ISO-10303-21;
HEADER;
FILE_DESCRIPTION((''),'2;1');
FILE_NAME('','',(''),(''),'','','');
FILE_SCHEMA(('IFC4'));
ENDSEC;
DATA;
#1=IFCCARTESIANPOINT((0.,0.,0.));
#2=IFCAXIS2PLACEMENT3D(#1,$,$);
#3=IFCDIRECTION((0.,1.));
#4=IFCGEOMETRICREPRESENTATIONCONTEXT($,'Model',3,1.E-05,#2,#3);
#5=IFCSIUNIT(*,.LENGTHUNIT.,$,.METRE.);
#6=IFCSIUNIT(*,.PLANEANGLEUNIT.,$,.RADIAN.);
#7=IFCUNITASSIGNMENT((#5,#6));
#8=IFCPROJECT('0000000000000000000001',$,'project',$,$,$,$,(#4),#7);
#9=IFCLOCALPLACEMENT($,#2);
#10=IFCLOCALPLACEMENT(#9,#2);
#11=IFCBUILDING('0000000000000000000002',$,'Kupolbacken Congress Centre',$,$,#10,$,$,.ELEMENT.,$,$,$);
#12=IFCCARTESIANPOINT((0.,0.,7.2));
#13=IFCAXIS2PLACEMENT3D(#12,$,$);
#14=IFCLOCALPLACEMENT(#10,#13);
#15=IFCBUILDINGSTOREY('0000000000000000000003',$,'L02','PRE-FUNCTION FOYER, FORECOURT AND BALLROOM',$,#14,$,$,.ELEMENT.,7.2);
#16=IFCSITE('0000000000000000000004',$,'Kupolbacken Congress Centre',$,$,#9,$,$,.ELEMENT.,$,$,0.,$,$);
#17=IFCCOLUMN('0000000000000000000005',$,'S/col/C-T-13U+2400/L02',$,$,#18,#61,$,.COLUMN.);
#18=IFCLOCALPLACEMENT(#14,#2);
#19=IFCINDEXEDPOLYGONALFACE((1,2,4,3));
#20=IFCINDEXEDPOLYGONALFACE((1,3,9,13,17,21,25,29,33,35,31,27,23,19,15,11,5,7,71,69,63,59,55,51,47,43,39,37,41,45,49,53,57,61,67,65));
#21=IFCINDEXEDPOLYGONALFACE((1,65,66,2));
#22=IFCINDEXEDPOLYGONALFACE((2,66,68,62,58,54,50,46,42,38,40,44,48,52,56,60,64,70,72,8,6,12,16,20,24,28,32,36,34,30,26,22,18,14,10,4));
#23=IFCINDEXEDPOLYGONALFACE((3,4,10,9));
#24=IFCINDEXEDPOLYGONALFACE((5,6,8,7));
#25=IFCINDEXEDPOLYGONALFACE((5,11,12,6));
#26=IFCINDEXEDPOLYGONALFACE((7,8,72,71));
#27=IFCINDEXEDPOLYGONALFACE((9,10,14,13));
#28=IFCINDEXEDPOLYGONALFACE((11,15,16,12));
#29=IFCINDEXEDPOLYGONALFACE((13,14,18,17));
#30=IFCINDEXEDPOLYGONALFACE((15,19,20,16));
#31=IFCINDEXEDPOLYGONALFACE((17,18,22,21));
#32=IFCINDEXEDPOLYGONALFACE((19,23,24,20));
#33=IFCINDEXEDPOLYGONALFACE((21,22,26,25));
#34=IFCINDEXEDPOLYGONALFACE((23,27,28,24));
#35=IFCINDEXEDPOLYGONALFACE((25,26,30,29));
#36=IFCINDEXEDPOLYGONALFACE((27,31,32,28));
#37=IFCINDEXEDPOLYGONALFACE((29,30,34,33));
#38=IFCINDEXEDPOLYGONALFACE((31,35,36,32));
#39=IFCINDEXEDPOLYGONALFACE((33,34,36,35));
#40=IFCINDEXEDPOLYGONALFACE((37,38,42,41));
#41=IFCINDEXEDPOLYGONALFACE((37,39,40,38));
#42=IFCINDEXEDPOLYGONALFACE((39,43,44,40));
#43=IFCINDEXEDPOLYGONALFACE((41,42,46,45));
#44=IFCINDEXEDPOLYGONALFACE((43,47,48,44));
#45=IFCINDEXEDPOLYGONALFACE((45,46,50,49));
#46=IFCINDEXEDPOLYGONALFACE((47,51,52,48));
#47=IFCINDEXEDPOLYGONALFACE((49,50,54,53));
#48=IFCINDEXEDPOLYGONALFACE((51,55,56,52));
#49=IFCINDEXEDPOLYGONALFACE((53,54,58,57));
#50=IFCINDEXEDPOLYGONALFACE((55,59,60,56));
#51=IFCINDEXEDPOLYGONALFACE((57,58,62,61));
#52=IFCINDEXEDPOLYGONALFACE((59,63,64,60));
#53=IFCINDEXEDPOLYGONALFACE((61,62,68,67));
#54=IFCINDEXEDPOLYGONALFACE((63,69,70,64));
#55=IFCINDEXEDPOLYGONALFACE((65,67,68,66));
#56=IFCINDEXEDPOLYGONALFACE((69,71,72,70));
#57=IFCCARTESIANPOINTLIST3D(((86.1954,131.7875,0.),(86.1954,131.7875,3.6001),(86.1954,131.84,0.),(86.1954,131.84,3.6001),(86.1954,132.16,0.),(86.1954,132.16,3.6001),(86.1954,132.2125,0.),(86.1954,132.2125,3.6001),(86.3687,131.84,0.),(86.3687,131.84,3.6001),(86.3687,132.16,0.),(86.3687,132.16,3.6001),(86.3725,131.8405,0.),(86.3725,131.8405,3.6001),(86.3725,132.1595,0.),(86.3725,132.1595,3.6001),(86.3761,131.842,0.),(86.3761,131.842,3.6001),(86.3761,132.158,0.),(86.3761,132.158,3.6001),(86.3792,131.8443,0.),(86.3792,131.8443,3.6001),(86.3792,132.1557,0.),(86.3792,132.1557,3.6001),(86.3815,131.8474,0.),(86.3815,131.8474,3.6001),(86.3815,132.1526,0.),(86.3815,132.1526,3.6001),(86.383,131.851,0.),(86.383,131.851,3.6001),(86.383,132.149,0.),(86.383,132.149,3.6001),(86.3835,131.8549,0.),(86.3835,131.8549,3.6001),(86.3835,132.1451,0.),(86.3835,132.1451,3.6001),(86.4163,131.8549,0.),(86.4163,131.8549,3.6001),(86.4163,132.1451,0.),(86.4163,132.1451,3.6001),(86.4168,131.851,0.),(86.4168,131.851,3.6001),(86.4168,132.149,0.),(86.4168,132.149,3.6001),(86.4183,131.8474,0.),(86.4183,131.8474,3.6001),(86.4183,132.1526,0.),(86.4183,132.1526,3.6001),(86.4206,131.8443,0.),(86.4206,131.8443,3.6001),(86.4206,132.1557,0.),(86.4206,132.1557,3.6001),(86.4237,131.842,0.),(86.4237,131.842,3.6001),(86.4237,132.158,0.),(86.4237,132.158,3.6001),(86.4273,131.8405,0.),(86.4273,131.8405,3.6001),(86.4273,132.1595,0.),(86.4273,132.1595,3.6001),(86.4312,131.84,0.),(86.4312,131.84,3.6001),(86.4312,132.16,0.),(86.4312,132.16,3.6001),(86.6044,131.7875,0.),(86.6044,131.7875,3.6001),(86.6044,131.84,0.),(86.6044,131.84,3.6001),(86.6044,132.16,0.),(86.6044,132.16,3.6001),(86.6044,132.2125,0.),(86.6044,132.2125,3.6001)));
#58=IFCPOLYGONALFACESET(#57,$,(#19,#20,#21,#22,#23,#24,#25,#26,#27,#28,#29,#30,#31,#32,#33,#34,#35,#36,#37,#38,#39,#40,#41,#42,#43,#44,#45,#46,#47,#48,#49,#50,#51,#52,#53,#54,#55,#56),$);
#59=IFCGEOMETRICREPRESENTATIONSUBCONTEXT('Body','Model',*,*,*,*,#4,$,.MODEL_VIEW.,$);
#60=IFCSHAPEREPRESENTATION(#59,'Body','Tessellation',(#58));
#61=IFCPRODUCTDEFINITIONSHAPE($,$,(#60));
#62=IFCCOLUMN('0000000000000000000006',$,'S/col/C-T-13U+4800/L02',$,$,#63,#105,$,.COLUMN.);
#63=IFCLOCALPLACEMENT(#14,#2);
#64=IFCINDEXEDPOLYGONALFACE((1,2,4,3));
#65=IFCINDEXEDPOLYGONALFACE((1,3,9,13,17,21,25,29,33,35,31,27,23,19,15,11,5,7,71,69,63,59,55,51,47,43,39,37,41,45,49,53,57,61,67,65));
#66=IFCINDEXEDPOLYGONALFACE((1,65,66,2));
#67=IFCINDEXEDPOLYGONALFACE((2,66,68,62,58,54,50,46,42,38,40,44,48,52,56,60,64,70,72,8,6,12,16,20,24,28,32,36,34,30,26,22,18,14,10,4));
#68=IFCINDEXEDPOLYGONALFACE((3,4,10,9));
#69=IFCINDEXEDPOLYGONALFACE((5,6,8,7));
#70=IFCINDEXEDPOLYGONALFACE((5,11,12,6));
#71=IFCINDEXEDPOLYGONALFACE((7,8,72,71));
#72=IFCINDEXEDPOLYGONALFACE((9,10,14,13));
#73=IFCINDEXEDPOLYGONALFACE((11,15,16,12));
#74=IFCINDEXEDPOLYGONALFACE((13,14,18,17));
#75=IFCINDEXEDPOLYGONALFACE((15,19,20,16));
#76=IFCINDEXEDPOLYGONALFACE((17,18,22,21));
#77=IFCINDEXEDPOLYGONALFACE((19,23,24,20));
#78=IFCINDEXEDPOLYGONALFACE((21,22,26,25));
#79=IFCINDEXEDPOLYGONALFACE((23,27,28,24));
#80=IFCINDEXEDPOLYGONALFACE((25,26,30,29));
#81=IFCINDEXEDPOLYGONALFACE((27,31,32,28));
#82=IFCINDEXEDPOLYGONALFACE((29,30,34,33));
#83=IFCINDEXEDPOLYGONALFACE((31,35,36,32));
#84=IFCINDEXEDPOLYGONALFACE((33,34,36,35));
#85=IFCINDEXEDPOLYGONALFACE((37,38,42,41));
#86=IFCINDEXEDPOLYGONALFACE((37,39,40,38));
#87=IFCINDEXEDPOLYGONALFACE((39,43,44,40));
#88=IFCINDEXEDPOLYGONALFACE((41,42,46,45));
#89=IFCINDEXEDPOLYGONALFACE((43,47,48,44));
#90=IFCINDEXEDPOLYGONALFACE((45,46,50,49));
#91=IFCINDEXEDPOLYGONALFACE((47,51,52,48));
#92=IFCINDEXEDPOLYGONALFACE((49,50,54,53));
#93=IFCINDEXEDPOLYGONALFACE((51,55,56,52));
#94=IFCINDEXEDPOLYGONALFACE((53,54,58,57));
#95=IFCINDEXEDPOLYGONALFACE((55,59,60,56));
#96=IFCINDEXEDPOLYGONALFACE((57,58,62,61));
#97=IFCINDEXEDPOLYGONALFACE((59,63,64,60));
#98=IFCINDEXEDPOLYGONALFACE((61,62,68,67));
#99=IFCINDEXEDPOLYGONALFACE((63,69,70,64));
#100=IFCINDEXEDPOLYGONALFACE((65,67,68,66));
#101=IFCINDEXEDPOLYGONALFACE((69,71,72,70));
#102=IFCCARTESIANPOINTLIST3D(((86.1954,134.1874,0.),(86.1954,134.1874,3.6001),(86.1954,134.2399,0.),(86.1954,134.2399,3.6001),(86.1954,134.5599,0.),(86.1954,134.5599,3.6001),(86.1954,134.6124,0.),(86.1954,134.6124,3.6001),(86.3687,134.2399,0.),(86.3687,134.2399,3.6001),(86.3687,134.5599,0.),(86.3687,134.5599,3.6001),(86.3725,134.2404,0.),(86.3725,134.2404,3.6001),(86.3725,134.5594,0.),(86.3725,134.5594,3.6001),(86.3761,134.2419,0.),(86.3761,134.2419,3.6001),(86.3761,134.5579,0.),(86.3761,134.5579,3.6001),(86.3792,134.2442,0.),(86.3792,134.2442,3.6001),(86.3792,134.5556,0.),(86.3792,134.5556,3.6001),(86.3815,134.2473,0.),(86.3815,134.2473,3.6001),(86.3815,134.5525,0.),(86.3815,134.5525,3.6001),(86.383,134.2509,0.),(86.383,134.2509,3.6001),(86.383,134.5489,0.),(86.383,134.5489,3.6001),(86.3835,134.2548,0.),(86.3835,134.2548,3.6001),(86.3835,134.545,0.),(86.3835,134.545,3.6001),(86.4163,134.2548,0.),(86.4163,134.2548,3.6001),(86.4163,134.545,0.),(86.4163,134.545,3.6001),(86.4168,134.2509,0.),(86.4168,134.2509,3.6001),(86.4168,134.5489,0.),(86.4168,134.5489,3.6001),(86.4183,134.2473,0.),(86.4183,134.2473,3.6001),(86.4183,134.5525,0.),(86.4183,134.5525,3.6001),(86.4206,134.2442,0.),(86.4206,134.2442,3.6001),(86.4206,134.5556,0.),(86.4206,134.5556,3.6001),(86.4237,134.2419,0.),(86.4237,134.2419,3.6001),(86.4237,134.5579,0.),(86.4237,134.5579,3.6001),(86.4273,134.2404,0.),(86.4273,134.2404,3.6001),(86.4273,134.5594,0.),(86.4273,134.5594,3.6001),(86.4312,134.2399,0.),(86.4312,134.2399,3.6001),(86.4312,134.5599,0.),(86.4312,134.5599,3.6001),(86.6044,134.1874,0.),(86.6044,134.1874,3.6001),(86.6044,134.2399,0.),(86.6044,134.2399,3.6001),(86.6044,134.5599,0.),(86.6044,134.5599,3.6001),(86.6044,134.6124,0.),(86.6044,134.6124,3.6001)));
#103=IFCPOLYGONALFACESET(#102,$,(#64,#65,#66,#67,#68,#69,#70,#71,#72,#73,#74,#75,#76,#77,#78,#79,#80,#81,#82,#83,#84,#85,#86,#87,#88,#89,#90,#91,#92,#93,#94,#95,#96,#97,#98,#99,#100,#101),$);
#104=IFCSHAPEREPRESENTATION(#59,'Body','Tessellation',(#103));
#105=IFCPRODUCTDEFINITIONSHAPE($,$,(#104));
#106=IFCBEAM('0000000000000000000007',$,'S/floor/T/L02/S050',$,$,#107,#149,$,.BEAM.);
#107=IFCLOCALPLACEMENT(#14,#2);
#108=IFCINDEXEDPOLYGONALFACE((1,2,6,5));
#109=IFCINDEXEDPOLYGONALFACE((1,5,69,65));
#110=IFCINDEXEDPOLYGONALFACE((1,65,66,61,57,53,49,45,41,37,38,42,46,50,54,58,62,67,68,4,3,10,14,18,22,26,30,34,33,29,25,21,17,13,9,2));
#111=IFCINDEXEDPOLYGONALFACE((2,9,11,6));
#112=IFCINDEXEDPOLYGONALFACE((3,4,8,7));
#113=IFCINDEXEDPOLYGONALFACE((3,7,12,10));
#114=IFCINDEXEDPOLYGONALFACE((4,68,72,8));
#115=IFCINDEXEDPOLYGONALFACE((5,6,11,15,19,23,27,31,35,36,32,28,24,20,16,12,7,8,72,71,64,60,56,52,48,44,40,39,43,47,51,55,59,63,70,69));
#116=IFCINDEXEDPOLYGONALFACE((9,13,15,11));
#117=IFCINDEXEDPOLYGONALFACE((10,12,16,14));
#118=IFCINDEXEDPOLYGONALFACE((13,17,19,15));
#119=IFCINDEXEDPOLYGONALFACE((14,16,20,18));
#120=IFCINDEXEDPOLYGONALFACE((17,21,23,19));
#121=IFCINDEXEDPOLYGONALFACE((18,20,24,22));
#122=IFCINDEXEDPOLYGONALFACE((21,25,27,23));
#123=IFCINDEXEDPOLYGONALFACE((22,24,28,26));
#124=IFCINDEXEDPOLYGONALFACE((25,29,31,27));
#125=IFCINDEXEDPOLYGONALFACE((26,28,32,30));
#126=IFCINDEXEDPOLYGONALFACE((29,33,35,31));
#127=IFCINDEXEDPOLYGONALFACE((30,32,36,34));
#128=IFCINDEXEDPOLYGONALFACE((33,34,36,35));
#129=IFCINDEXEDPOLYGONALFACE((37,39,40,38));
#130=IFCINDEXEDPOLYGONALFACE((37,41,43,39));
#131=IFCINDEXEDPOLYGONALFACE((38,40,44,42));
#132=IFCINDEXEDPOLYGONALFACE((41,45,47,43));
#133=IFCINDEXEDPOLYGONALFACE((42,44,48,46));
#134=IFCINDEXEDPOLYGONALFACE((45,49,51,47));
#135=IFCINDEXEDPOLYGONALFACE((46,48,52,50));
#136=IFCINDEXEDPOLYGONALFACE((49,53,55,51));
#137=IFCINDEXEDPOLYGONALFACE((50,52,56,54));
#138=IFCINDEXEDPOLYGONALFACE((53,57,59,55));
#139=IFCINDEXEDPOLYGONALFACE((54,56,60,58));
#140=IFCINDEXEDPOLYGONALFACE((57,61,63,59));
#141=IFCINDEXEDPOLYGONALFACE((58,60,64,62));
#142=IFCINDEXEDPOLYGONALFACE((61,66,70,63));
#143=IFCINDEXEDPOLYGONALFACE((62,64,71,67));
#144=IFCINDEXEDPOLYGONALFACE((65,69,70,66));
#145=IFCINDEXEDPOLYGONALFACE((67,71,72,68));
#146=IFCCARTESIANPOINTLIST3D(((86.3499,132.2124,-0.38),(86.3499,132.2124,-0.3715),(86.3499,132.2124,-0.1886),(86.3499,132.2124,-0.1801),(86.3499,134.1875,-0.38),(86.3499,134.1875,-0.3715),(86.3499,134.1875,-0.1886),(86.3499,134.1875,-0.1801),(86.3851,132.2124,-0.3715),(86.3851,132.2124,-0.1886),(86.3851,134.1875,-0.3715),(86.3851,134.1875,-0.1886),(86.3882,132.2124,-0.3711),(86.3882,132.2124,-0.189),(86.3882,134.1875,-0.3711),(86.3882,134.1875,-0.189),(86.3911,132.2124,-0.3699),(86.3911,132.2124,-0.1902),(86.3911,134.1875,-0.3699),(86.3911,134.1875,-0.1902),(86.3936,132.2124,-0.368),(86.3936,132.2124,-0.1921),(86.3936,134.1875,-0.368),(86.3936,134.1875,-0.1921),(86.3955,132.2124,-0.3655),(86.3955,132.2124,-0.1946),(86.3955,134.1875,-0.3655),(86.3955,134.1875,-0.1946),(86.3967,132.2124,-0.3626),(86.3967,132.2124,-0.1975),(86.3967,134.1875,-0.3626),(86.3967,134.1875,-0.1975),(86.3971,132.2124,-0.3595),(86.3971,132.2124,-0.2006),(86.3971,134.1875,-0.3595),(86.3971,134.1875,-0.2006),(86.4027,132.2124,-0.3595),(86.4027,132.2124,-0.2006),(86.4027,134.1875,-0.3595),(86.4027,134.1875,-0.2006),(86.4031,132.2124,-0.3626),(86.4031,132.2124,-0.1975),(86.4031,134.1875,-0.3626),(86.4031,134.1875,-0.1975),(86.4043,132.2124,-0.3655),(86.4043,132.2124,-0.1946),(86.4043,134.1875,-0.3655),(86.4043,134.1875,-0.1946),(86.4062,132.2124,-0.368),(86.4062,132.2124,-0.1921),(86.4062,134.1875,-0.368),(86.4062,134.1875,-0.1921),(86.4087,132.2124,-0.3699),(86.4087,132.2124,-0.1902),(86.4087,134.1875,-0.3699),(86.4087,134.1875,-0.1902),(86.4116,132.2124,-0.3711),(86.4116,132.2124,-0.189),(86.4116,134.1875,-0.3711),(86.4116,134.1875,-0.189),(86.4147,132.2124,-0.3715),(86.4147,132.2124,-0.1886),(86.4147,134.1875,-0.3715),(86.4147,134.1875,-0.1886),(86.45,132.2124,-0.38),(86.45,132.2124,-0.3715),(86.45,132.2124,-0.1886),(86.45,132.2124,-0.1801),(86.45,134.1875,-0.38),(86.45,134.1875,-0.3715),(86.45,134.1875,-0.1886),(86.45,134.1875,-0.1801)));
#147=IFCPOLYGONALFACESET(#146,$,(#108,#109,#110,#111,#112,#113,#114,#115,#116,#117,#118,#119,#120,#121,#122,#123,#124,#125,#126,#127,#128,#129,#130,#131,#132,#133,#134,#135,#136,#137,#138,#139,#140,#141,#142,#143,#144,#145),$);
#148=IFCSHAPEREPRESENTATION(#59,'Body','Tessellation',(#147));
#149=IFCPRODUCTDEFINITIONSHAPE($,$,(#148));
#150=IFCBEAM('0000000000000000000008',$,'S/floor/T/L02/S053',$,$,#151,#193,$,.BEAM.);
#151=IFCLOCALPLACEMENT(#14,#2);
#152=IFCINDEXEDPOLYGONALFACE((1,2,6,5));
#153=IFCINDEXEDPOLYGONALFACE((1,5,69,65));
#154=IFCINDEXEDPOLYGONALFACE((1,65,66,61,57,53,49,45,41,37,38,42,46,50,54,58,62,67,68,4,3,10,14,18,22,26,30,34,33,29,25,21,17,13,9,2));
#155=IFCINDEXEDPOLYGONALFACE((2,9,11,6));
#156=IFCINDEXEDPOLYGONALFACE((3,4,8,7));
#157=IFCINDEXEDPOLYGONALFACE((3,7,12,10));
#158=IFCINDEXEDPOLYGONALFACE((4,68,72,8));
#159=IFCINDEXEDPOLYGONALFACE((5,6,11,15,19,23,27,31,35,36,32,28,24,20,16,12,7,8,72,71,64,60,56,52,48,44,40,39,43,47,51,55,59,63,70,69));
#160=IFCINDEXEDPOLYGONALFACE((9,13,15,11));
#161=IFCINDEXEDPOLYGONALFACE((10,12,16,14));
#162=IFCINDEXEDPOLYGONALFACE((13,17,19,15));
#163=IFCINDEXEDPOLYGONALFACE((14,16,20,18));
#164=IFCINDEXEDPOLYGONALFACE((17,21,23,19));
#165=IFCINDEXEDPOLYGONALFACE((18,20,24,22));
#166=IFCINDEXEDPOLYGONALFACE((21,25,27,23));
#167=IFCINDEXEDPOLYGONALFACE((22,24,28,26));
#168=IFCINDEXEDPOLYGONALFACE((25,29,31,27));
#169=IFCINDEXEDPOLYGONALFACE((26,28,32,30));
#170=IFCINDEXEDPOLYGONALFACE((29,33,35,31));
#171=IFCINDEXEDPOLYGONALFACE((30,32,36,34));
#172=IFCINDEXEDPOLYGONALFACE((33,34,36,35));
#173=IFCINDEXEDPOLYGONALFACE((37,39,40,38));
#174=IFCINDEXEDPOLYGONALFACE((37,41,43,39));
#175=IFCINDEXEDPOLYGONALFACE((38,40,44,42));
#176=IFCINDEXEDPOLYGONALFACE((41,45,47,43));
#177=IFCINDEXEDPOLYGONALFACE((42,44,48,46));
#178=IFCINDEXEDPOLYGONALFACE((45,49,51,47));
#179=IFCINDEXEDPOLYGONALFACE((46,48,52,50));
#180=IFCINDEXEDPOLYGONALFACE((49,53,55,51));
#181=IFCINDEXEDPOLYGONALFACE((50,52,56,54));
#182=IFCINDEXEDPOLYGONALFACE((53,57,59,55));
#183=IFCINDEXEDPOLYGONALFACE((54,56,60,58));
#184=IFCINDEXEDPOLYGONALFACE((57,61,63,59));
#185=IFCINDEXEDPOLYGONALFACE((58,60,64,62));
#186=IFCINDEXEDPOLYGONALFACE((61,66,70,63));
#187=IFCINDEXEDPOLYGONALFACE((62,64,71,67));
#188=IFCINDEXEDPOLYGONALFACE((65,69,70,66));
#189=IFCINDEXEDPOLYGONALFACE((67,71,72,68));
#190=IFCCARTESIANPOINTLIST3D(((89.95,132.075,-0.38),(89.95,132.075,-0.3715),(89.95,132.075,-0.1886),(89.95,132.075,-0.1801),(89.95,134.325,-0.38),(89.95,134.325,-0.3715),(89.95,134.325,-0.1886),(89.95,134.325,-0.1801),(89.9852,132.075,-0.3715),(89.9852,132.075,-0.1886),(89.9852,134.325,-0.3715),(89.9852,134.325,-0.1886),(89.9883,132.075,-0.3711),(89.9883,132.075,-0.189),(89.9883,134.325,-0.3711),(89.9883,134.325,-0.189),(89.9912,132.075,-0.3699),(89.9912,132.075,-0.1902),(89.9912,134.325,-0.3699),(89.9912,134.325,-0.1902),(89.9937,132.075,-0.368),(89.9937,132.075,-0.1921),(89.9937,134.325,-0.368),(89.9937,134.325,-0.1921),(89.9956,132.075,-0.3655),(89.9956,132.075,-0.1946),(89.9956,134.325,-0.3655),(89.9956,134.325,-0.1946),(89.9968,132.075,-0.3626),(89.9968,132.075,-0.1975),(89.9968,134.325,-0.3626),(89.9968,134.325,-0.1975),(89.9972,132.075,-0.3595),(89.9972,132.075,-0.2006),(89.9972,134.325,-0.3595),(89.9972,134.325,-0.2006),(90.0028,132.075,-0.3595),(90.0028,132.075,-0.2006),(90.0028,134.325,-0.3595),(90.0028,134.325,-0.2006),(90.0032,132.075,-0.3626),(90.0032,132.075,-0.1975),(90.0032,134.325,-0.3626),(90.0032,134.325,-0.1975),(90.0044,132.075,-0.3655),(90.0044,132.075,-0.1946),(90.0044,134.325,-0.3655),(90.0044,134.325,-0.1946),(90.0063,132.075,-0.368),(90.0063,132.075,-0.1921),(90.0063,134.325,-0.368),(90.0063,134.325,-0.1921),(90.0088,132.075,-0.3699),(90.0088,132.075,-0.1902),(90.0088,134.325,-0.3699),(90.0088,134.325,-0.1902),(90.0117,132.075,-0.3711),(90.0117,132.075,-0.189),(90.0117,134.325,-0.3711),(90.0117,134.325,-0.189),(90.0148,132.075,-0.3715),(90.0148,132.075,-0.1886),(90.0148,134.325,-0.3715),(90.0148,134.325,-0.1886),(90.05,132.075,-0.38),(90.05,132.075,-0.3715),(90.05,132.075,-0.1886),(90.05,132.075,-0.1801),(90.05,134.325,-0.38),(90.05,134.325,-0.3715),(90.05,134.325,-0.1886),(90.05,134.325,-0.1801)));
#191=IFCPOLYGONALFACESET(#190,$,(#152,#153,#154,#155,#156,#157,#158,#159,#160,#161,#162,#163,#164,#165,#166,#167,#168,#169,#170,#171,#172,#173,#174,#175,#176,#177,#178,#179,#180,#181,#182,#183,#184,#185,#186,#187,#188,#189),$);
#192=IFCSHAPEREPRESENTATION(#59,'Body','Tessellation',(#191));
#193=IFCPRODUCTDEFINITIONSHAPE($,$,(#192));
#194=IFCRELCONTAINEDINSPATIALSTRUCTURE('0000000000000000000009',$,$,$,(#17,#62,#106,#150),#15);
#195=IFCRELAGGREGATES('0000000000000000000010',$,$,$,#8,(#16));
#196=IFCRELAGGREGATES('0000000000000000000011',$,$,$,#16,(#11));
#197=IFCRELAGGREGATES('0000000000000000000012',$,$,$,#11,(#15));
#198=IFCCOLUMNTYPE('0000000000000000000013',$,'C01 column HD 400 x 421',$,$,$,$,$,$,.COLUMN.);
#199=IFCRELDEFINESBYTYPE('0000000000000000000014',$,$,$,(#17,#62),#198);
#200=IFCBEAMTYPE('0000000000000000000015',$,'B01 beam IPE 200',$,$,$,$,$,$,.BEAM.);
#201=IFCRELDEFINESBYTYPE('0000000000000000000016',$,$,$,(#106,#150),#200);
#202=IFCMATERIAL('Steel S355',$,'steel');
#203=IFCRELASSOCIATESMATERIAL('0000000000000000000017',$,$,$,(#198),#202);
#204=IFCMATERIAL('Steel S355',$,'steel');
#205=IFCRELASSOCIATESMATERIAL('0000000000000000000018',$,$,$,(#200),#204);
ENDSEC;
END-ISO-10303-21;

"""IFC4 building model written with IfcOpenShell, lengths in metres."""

from ifc_helpers import new_model, si_unit, direction, frame, origin, origin_2d, place, context, subcontext, project, spatial, i_section, extrude, material, material_profile, profile_set, type_object, element, save


model = new_model("IFC4")

# Units and contexts
model_context = context("Model", 3, precision=1e-05, world=origin(), true_north=direction((0.0, 1.0)))
body_context = subcontext(model_context, "Body", "Model", "MODEL_VIEW")
ifc_project = project(units=[si_unit("LENGTHUNIT", "METRE"), si_unit("PLANEANGLEUNIT", "RADIAN")], contexts=[model_context])

# Site, building, storey
site_placement = place(None, origin())
site = spatial("IfcSite", under=ifc_project, at=site_placement, Name="Kupolbacken Congress Centre", CompositionType="ELEMENT", RefElevation=0.0)
building_placement = place(site_placement, origin())
building = spatial("IfcBuilding", under=site, at=building_placement, Name="Kupolbacken Congress Centre", CompositionType="ELEMENT")
storey_placement = place(building_placement, frame((0.0, 0.0, 7.2)))
storey = spatial("IfcBuildingStorey", under=building, at=storey_placement, Name="L02", Description="PRE-FUNCTION FOYER, FORECOURT AND BALLROOM", CompositionType="ELEMENT", Elevation=7.2)

# Columns
ifc_material_1 = material(Name="Steel S355", Category="steel")
ifc_material_profile_1 = material_profile(ifc_material_1, i_section(OverallWidth=0.4089, OverallDepth=0.425, WebThickness=0.0327, FlangeThickness=0.0525, FilletRadius=0.0149, at=origin_2d()), Name="HD 400 x 421")
ifc_profile_set_1 = profile_set([ifc_material_profile_1], Name="Steel S355")
column_type = type_object("IfcColumnType", Name="C01 column HD 400 x 421", PredefinedType="COLUMN", material=ifc_profile_set_1)
for number, where, z_axis, x_axis, name in (
    (1, (86.3999, 132.0, 0.0), (0.0, 0.0, 1.0), (1.0, 0.0, 0.0), "S/col/C-T-13U+2400/L02"),
    (2, (86.3999, 134.3999, 0.0), (0.0, 0.0, 1.0), (1.0, 0.0, 0.0), "S/col/C-T-13U+4800/L02"),
):
    element("IfcColumn", number, at=place(storey_placement, frame(where, z_axis=z_axis, x_axis=x_axis)), inside=storey, type_object=column_type, Name=name, PredefinedType="COLUMN", context=body_context, shape_type="SweptSolid", body=[
        extrude(i_section(OverallWidth=0.4089, OverallDepth=0.425, WebThickness=0.0327, FlangeThickness=0.0525, FilletRadius=0.0149, at=origin_2d()), origin(), (0.0, 0.0, 1.0), 3.6001),
    ])

# Beams
ifc_material_2 = material(Name="Steel S355", Category="steel")
ifc_material_profile_2 = material_profile(ifc_material_2, i_section(OverallWidth=0.1001, OverallDepth=0.2, WebThickness=0.0056, FlangeThickness=0.0085, FilletRadius=0.012, at=origin_2d()), Name="IPE 200")
ifc_profile_set_2 = profile_set([ifc_material_profile_2], Name="Steel S355")
beam_type_1 = type_object("IfcBeamType", Name="B01 beam IPE 200", PredefinedType="BEAM", material=ifc_profile_set_2)
beam_1_placement = place(storey_placement, frame((86.3999, 132.2124, -0.28), z_axis=(0.0, 1.0, 0.0), x_axis=(-1.0, 0.0, 0.0)))
element("IfcBeam", 3, at=beam_1_placement, inside=storey, type_object=beam_type_1, Name="S/floor/T/L02/S050", PredefinedType="BEAM", context=body_context, shape_type="SweptSolid", body=[
    extrude(i_section(OverallWidth=0.1001, OverallDepth=0.2, WebThickness=0.0056, FlangeThickness=0.0085, FilletRadius=0.012, at=origin_2d()), origin(), (0.0, 0.0, 1.0), 1.9751),
])
beam_2_placement = place(storey_placement, frame((90.0, 132.075, -0.28), z_axis=(0.0, 1.0, 0.0), x_axis=(-1.0, 0.0, 0.0)))
element("IfcBeam", 4, at=beam_2_placement, inside=storey, type_object=beam_type_1, Name="S/floor/T/L02/S053", PredefinedType="BEAM", context=body_context, shape_type="SweptSolid", body=[
    extrude(i_section(OverallWidth=0.1001, OverallDepth=0.2, WebThickness=0.0056, FlangeThickness=0.0085, FilletRadius=0.012, at=origin_2d()), origin(), (0.0, 0.0, 1.0), 2.25),
])

save(model, "model.ifc")
